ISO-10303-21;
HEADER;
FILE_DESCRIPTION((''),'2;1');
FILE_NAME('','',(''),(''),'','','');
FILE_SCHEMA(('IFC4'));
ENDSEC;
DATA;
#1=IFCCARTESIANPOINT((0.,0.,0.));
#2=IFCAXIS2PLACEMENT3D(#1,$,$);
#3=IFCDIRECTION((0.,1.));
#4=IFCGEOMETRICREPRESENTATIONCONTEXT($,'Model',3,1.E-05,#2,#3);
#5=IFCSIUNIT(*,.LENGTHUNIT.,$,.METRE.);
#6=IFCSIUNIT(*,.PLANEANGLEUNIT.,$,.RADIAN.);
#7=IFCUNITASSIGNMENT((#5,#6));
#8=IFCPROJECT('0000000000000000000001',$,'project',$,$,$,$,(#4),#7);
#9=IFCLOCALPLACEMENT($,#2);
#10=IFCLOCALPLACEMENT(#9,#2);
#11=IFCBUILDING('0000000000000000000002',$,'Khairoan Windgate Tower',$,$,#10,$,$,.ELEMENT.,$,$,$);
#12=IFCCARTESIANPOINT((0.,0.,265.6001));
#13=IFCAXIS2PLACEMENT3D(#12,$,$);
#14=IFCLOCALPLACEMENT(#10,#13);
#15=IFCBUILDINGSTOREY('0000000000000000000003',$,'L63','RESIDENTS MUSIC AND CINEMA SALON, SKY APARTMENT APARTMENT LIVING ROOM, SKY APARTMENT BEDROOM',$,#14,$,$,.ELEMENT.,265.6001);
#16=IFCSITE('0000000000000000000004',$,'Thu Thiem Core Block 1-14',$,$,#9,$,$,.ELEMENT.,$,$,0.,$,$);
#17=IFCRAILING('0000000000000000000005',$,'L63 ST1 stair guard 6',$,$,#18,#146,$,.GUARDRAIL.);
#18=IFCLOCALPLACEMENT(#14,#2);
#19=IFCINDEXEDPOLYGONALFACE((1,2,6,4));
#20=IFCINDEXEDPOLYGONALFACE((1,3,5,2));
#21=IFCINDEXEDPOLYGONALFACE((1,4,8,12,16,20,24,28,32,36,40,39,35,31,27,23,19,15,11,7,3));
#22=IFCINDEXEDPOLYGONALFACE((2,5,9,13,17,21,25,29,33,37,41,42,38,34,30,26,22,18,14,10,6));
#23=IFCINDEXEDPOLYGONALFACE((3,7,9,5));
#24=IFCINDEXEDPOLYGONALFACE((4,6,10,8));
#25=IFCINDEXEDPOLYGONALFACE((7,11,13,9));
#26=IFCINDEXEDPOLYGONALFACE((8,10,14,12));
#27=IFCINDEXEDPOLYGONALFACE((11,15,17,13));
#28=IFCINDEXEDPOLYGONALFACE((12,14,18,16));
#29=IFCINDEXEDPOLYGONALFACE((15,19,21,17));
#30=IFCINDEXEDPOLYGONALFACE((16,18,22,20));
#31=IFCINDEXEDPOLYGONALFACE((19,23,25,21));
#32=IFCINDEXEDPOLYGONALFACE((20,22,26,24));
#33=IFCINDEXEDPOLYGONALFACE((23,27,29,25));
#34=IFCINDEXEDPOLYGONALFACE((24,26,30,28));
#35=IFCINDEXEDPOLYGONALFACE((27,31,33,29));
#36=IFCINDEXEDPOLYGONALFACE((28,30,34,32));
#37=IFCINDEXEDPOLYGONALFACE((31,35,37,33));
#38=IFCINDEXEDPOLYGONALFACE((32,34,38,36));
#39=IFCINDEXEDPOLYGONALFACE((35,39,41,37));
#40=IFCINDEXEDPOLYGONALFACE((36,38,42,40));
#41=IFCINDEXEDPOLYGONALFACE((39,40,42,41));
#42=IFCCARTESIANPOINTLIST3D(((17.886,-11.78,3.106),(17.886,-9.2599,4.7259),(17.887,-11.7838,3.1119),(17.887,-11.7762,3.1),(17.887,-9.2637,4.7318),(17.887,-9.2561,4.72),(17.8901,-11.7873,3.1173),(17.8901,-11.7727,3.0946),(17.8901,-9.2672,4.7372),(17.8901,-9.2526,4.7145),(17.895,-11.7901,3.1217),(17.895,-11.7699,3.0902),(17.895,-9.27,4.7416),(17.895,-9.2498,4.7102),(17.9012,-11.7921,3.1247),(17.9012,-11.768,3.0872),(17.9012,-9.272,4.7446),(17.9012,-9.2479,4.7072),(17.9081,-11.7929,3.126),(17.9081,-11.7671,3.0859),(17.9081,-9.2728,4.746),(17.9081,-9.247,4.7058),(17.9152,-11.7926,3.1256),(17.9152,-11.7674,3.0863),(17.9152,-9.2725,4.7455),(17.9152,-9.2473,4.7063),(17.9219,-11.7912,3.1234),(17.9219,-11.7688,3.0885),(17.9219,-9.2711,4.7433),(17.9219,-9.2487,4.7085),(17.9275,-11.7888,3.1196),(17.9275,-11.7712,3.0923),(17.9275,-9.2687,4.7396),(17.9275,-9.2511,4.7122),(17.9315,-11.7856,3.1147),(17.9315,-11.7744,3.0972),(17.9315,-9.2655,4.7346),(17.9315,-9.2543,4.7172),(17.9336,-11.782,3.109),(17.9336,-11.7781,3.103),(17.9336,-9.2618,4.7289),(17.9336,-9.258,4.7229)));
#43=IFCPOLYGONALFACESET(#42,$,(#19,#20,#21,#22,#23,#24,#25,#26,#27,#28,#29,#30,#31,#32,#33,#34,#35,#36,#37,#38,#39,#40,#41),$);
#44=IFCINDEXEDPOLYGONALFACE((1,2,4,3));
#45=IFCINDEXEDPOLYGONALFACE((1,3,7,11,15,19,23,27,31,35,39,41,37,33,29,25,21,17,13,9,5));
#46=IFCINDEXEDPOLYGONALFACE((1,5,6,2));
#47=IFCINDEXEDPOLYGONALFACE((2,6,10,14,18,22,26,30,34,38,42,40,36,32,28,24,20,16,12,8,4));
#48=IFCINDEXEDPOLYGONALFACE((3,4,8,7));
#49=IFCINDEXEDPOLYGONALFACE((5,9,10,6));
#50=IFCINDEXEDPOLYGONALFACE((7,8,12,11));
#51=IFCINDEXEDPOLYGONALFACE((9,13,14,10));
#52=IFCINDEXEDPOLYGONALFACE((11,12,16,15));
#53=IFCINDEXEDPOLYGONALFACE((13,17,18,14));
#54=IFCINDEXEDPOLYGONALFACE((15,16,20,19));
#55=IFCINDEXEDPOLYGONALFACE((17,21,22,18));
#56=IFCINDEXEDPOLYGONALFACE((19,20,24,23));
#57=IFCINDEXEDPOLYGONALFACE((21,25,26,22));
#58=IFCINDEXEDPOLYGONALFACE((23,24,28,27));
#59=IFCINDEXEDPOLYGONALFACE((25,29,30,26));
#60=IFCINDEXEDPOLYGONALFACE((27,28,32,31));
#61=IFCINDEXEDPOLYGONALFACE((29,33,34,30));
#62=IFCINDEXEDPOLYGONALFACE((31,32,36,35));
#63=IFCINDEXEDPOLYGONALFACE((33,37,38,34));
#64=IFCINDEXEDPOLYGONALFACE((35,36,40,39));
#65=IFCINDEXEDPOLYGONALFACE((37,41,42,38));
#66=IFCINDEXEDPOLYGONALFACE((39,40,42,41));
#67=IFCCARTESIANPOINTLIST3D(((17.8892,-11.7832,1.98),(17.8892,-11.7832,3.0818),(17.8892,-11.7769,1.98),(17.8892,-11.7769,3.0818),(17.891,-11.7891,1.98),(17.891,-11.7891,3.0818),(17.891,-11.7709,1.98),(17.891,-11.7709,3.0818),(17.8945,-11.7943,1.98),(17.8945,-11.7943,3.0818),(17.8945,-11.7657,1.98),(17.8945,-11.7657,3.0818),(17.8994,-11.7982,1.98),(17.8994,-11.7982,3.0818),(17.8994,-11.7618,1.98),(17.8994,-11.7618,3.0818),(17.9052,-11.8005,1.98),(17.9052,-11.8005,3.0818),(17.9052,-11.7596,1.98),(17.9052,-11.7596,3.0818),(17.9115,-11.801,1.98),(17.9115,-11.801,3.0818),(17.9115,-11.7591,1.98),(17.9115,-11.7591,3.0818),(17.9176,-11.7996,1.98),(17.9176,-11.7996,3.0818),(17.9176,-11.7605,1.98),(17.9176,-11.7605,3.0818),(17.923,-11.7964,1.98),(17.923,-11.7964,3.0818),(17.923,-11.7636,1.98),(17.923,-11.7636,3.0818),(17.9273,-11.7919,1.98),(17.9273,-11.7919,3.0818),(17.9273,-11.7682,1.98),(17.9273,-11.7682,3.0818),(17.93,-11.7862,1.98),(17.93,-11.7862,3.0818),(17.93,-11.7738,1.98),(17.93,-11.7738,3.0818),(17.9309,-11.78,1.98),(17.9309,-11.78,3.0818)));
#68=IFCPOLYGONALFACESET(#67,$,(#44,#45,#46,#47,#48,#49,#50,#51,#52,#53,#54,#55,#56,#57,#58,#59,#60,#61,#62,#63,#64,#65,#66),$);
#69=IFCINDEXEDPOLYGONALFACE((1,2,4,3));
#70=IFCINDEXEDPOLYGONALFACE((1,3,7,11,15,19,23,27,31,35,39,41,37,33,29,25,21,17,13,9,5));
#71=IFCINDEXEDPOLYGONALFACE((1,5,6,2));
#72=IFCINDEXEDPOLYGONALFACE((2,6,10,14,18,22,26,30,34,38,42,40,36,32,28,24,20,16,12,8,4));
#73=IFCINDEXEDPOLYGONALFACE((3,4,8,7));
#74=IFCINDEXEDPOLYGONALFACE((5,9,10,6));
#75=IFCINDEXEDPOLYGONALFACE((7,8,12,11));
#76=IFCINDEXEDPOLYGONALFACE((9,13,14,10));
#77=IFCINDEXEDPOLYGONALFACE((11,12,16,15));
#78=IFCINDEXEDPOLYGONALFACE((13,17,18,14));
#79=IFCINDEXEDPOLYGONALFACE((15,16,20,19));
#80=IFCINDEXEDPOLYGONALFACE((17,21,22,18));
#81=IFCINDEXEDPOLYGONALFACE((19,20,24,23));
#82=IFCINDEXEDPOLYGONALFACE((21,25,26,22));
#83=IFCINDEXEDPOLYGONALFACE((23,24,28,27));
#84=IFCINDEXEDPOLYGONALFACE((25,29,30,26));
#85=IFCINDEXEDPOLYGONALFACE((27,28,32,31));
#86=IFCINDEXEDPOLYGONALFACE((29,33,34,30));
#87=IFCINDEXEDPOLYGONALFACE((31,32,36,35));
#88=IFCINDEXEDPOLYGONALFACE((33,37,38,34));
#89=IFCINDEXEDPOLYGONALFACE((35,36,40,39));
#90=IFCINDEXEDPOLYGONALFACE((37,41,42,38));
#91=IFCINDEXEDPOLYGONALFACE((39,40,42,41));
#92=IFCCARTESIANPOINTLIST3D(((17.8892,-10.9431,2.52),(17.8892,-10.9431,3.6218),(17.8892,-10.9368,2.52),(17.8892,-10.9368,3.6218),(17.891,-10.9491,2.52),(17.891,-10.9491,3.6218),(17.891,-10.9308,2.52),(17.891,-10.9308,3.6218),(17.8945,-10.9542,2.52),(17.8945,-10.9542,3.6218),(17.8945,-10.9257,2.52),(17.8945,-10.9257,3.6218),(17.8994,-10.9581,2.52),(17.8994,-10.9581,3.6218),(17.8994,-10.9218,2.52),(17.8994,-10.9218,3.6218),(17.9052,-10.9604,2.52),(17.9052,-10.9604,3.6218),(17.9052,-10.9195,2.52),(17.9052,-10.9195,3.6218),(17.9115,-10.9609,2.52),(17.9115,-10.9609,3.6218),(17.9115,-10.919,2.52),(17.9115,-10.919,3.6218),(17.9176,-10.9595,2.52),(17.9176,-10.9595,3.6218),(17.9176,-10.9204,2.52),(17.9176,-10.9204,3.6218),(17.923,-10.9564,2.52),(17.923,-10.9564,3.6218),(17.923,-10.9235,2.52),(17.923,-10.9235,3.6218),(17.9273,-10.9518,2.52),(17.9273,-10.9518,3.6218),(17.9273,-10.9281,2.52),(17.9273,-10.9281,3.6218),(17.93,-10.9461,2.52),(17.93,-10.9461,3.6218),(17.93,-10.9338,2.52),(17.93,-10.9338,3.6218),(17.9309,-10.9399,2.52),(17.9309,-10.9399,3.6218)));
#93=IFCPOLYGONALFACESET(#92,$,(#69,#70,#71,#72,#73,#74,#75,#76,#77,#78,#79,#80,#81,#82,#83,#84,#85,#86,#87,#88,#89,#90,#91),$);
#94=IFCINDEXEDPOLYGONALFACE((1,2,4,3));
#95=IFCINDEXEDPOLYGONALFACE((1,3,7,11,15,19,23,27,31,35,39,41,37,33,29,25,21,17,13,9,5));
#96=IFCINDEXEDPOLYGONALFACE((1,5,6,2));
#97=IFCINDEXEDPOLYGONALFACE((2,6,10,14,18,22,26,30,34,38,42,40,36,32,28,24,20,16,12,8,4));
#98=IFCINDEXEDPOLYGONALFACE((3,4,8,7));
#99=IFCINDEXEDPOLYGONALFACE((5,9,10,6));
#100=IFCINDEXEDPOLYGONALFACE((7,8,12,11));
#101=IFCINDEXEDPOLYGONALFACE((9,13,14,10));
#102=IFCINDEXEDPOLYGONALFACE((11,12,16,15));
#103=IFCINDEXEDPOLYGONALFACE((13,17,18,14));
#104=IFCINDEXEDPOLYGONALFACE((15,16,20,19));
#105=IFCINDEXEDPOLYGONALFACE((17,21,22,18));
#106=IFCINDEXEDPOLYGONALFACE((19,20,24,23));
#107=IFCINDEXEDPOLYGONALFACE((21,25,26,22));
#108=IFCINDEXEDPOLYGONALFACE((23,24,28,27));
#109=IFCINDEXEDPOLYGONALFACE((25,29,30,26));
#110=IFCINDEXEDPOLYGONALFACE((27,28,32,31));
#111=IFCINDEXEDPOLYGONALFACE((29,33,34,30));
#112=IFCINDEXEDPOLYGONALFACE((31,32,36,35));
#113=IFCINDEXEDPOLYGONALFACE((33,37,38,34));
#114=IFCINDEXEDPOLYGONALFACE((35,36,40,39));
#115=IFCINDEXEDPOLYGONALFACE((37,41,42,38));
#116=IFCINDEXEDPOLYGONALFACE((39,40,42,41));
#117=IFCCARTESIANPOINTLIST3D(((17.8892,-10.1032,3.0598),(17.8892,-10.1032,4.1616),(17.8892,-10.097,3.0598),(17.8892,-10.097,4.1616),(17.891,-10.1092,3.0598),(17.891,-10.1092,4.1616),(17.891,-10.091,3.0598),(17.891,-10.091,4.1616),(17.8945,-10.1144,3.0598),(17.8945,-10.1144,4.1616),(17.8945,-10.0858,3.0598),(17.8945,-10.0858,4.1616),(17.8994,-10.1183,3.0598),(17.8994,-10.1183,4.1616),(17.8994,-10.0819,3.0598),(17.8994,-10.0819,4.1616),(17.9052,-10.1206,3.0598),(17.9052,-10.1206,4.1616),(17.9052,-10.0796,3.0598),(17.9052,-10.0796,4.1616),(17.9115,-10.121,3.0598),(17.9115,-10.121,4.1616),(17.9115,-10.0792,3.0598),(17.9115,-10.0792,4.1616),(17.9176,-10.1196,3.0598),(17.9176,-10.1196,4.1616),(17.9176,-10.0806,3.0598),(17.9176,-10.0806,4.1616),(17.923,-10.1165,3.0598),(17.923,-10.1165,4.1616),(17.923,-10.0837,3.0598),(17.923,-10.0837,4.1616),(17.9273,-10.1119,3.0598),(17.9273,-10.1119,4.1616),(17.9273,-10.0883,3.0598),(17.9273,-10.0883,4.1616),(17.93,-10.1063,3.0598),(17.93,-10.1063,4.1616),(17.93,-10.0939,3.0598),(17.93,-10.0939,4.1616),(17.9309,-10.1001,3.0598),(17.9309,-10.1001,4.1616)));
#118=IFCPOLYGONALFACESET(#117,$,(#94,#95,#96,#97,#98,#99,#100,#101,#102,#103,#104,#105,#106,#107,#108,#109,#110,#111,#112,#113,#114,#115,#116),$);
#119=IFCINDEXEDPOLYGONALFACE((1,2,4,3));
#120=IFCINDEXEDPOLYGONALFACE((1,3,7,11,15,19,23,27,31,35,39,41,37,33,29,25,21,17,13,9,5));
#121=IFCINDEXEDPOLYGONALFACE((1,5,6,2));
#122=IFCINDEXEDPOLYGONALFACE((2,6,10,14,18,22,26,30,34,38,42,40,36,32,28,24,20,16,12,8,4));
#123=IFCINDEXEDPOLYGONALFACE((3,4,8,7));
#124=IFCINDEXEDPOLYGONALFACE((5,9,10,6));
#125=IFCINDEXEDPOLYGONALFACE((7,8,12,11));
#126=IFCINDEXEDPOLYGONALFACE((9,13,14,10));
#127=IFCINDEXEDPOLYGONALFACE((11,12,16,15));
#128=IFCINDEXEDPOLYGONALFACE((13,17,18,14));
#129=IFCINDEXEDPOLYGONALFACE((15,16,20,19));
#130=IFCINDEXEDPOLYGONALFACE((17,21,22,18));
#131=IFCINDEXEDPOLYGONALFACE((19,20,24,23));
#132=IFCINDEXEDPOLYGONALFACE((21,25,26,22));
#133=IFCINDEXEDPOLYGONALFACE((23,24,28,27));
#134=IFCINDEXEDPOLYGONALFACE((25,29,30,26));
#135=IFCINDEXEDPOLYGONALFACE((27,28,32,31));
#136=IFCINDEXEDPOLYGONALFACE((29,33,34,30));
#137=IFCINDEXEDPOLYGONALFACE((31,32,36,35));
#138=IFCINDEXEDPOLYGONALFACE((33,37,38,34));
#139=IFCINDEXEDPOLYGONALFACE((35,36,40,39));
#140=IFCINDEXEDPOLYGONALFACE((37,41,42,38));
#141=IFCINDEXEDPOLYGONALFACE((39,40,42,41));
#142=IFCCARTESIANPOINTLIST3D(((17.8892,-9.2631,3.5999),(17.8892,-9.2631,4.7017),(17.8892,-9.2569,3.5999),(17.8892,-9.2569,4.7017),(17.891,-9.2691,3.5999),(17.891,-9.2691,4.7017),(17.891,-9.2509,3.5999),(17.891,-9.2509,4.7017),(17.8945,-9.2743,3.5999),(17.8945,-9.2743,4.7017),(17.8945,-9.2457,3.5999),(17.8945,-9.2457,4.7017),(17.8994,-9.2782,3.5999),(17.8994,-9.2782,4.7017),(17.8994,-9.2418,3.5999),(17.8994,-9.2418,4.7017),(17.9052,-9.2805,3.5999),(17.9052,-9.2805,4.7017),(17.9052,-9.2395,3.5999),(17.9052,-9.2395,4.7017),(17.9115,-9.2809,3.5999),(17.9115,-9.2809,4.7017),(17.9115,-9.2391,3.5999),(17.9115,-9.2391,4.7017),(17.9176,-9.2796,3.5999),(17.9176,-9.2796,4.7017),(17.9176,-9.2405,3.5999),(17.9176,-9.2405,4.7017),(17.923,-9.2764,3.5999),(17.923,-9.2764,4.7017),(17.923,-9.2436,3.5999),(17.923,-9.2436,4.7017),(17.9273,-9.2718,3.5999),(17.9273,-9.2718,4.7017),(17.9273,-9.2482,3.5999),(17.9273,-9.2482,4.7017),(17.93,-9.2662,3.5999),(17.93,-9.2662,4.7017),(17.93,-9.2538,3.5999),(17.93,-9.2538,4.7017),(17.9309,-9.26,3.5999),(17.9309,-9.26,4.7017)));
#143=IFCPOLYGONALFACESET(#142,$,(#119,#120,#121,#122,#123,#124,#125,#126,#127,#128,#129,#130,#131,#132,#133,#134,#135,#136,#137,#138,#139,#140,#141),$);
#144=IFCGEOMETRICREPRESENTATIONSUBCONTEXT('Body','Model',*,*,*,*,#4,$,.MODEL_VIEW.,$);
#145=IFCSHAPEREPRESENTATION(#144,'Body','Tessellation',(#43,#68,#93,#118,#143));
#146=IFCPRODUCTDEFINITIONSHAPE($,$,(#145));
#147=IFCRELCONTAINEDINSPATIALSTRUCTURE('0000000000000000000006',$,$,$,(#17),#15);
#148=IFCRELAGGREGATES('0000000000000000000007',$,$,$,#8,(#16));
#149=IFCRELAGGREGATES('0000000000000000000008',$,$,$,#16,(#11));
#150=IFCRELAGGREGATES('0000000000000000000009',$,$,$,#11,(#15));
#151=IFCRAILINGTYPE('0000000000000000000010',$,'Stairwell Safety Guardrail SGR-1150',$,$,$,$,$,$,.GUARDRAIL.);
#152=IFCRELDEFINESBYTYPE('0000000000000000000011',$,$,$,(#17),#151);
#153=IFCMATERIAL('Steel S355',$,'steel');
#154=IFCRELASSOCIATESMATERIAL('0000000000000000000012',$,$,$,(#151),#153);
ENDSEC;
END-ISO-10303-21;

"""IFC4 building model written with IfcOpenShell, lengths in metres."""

from ifc_helpers import new_model, si_unit, direction, frame, origin, origin_2d, place, context, subcontext, project, spatial, circle, extrude, material, type_object, element, save


model = new_model("IFC4")

# Units and contexts
model_context = context("Model", 3, precision=1e-05, world=origin(), true_north=direction((0.0, 1.0)))
body_context = subcontext(model_context, "Body", "Model", "MODEL_VIEW")
ifc_project = project(units=[si_unit("LENGTHUNIT", "METRE"), si_unit("PLANEANGLEUNIT", "RADIAN")], contexts=[model_context])

# Site, building, storey
site_placement = place(None, origin())
site = spatial("IfcSite", under=ifc_project, at=site_placement, Name="Thu Thiem Core Block 1-14", CompositionType="ELEMENT", RefElevation=0.0)
building_placement = place(site_placement, origin())
building = spatial("IfcBuilding", under=site, at=building_placement, Name="Khairoan Windgate Tower", CompositionType="ELEMENT")
storey_placement = place(building_placement, frame((0.0, 0.0, 265.6001)))
storey = spatial("IfcBuildingStorey", under=building, at=storey_placement, Name="L63", Description="RESIDENTS MUSIC AND CINEMA SALON, SKY APARTMENT APARTMENT LIVING ROOM, SKY APARTMENT BEDROOM", CompositionType="ELEMENT", Elevation=265.6001)

# Railing
ifc_material_1 = material(Name="Steel S355", Category="steel")
railing_type_1 = type_object("IfcRailingType", Name="Stairwell Safety Guardrail SGR-1150", PredefinedType="GUARDRAIL", material=ifc_material_1)
railing_1_placement = place(storey_placement, frame((17.9099, -11.78, 1.98)))
element("IfcRailing", 1, at=railing_1_placement, inside=storey, type_object=railing_type_1, Name="L63 ST1 stair guard 6", PredefinedType="GUARDRAIL", context=body_context, shape_type="SweptSolid", body=[
    extrude(circle(Radius=0.0239, at=origin_2d()), frame((0.0, 0.0, 1.126), z_axis=(0.0, 0.8412, 0.540725), x_axis=(-1.0, 0.0, 0.0)), (0.0, 0.0, 1.0), 2.9958),
    extrude(circle(Radius=0.021, at=origin_2d()), origin(), (0.0, 0.0, 1.0), 1.1018),
    extrude(circle(Radius=0.021, at=origin_2d()), frame((0.0, 0.8401, 0.54)), (0.0, 0.0, 1.0), 1.1018),
    extrude(circle(Radius=0.021, at=origin_2d()), frame((0.0, 1.6799, 1.0798)), (0.0, 0.0, 1.0), 1.1018),
    extrude(circle(Radius=0.021, at=origin_2d()), frame((0.0, 2.52, 1.6199)), (0.0, 0.0, 1.0), 1.1018),
])

save(model, "model.ifc")
